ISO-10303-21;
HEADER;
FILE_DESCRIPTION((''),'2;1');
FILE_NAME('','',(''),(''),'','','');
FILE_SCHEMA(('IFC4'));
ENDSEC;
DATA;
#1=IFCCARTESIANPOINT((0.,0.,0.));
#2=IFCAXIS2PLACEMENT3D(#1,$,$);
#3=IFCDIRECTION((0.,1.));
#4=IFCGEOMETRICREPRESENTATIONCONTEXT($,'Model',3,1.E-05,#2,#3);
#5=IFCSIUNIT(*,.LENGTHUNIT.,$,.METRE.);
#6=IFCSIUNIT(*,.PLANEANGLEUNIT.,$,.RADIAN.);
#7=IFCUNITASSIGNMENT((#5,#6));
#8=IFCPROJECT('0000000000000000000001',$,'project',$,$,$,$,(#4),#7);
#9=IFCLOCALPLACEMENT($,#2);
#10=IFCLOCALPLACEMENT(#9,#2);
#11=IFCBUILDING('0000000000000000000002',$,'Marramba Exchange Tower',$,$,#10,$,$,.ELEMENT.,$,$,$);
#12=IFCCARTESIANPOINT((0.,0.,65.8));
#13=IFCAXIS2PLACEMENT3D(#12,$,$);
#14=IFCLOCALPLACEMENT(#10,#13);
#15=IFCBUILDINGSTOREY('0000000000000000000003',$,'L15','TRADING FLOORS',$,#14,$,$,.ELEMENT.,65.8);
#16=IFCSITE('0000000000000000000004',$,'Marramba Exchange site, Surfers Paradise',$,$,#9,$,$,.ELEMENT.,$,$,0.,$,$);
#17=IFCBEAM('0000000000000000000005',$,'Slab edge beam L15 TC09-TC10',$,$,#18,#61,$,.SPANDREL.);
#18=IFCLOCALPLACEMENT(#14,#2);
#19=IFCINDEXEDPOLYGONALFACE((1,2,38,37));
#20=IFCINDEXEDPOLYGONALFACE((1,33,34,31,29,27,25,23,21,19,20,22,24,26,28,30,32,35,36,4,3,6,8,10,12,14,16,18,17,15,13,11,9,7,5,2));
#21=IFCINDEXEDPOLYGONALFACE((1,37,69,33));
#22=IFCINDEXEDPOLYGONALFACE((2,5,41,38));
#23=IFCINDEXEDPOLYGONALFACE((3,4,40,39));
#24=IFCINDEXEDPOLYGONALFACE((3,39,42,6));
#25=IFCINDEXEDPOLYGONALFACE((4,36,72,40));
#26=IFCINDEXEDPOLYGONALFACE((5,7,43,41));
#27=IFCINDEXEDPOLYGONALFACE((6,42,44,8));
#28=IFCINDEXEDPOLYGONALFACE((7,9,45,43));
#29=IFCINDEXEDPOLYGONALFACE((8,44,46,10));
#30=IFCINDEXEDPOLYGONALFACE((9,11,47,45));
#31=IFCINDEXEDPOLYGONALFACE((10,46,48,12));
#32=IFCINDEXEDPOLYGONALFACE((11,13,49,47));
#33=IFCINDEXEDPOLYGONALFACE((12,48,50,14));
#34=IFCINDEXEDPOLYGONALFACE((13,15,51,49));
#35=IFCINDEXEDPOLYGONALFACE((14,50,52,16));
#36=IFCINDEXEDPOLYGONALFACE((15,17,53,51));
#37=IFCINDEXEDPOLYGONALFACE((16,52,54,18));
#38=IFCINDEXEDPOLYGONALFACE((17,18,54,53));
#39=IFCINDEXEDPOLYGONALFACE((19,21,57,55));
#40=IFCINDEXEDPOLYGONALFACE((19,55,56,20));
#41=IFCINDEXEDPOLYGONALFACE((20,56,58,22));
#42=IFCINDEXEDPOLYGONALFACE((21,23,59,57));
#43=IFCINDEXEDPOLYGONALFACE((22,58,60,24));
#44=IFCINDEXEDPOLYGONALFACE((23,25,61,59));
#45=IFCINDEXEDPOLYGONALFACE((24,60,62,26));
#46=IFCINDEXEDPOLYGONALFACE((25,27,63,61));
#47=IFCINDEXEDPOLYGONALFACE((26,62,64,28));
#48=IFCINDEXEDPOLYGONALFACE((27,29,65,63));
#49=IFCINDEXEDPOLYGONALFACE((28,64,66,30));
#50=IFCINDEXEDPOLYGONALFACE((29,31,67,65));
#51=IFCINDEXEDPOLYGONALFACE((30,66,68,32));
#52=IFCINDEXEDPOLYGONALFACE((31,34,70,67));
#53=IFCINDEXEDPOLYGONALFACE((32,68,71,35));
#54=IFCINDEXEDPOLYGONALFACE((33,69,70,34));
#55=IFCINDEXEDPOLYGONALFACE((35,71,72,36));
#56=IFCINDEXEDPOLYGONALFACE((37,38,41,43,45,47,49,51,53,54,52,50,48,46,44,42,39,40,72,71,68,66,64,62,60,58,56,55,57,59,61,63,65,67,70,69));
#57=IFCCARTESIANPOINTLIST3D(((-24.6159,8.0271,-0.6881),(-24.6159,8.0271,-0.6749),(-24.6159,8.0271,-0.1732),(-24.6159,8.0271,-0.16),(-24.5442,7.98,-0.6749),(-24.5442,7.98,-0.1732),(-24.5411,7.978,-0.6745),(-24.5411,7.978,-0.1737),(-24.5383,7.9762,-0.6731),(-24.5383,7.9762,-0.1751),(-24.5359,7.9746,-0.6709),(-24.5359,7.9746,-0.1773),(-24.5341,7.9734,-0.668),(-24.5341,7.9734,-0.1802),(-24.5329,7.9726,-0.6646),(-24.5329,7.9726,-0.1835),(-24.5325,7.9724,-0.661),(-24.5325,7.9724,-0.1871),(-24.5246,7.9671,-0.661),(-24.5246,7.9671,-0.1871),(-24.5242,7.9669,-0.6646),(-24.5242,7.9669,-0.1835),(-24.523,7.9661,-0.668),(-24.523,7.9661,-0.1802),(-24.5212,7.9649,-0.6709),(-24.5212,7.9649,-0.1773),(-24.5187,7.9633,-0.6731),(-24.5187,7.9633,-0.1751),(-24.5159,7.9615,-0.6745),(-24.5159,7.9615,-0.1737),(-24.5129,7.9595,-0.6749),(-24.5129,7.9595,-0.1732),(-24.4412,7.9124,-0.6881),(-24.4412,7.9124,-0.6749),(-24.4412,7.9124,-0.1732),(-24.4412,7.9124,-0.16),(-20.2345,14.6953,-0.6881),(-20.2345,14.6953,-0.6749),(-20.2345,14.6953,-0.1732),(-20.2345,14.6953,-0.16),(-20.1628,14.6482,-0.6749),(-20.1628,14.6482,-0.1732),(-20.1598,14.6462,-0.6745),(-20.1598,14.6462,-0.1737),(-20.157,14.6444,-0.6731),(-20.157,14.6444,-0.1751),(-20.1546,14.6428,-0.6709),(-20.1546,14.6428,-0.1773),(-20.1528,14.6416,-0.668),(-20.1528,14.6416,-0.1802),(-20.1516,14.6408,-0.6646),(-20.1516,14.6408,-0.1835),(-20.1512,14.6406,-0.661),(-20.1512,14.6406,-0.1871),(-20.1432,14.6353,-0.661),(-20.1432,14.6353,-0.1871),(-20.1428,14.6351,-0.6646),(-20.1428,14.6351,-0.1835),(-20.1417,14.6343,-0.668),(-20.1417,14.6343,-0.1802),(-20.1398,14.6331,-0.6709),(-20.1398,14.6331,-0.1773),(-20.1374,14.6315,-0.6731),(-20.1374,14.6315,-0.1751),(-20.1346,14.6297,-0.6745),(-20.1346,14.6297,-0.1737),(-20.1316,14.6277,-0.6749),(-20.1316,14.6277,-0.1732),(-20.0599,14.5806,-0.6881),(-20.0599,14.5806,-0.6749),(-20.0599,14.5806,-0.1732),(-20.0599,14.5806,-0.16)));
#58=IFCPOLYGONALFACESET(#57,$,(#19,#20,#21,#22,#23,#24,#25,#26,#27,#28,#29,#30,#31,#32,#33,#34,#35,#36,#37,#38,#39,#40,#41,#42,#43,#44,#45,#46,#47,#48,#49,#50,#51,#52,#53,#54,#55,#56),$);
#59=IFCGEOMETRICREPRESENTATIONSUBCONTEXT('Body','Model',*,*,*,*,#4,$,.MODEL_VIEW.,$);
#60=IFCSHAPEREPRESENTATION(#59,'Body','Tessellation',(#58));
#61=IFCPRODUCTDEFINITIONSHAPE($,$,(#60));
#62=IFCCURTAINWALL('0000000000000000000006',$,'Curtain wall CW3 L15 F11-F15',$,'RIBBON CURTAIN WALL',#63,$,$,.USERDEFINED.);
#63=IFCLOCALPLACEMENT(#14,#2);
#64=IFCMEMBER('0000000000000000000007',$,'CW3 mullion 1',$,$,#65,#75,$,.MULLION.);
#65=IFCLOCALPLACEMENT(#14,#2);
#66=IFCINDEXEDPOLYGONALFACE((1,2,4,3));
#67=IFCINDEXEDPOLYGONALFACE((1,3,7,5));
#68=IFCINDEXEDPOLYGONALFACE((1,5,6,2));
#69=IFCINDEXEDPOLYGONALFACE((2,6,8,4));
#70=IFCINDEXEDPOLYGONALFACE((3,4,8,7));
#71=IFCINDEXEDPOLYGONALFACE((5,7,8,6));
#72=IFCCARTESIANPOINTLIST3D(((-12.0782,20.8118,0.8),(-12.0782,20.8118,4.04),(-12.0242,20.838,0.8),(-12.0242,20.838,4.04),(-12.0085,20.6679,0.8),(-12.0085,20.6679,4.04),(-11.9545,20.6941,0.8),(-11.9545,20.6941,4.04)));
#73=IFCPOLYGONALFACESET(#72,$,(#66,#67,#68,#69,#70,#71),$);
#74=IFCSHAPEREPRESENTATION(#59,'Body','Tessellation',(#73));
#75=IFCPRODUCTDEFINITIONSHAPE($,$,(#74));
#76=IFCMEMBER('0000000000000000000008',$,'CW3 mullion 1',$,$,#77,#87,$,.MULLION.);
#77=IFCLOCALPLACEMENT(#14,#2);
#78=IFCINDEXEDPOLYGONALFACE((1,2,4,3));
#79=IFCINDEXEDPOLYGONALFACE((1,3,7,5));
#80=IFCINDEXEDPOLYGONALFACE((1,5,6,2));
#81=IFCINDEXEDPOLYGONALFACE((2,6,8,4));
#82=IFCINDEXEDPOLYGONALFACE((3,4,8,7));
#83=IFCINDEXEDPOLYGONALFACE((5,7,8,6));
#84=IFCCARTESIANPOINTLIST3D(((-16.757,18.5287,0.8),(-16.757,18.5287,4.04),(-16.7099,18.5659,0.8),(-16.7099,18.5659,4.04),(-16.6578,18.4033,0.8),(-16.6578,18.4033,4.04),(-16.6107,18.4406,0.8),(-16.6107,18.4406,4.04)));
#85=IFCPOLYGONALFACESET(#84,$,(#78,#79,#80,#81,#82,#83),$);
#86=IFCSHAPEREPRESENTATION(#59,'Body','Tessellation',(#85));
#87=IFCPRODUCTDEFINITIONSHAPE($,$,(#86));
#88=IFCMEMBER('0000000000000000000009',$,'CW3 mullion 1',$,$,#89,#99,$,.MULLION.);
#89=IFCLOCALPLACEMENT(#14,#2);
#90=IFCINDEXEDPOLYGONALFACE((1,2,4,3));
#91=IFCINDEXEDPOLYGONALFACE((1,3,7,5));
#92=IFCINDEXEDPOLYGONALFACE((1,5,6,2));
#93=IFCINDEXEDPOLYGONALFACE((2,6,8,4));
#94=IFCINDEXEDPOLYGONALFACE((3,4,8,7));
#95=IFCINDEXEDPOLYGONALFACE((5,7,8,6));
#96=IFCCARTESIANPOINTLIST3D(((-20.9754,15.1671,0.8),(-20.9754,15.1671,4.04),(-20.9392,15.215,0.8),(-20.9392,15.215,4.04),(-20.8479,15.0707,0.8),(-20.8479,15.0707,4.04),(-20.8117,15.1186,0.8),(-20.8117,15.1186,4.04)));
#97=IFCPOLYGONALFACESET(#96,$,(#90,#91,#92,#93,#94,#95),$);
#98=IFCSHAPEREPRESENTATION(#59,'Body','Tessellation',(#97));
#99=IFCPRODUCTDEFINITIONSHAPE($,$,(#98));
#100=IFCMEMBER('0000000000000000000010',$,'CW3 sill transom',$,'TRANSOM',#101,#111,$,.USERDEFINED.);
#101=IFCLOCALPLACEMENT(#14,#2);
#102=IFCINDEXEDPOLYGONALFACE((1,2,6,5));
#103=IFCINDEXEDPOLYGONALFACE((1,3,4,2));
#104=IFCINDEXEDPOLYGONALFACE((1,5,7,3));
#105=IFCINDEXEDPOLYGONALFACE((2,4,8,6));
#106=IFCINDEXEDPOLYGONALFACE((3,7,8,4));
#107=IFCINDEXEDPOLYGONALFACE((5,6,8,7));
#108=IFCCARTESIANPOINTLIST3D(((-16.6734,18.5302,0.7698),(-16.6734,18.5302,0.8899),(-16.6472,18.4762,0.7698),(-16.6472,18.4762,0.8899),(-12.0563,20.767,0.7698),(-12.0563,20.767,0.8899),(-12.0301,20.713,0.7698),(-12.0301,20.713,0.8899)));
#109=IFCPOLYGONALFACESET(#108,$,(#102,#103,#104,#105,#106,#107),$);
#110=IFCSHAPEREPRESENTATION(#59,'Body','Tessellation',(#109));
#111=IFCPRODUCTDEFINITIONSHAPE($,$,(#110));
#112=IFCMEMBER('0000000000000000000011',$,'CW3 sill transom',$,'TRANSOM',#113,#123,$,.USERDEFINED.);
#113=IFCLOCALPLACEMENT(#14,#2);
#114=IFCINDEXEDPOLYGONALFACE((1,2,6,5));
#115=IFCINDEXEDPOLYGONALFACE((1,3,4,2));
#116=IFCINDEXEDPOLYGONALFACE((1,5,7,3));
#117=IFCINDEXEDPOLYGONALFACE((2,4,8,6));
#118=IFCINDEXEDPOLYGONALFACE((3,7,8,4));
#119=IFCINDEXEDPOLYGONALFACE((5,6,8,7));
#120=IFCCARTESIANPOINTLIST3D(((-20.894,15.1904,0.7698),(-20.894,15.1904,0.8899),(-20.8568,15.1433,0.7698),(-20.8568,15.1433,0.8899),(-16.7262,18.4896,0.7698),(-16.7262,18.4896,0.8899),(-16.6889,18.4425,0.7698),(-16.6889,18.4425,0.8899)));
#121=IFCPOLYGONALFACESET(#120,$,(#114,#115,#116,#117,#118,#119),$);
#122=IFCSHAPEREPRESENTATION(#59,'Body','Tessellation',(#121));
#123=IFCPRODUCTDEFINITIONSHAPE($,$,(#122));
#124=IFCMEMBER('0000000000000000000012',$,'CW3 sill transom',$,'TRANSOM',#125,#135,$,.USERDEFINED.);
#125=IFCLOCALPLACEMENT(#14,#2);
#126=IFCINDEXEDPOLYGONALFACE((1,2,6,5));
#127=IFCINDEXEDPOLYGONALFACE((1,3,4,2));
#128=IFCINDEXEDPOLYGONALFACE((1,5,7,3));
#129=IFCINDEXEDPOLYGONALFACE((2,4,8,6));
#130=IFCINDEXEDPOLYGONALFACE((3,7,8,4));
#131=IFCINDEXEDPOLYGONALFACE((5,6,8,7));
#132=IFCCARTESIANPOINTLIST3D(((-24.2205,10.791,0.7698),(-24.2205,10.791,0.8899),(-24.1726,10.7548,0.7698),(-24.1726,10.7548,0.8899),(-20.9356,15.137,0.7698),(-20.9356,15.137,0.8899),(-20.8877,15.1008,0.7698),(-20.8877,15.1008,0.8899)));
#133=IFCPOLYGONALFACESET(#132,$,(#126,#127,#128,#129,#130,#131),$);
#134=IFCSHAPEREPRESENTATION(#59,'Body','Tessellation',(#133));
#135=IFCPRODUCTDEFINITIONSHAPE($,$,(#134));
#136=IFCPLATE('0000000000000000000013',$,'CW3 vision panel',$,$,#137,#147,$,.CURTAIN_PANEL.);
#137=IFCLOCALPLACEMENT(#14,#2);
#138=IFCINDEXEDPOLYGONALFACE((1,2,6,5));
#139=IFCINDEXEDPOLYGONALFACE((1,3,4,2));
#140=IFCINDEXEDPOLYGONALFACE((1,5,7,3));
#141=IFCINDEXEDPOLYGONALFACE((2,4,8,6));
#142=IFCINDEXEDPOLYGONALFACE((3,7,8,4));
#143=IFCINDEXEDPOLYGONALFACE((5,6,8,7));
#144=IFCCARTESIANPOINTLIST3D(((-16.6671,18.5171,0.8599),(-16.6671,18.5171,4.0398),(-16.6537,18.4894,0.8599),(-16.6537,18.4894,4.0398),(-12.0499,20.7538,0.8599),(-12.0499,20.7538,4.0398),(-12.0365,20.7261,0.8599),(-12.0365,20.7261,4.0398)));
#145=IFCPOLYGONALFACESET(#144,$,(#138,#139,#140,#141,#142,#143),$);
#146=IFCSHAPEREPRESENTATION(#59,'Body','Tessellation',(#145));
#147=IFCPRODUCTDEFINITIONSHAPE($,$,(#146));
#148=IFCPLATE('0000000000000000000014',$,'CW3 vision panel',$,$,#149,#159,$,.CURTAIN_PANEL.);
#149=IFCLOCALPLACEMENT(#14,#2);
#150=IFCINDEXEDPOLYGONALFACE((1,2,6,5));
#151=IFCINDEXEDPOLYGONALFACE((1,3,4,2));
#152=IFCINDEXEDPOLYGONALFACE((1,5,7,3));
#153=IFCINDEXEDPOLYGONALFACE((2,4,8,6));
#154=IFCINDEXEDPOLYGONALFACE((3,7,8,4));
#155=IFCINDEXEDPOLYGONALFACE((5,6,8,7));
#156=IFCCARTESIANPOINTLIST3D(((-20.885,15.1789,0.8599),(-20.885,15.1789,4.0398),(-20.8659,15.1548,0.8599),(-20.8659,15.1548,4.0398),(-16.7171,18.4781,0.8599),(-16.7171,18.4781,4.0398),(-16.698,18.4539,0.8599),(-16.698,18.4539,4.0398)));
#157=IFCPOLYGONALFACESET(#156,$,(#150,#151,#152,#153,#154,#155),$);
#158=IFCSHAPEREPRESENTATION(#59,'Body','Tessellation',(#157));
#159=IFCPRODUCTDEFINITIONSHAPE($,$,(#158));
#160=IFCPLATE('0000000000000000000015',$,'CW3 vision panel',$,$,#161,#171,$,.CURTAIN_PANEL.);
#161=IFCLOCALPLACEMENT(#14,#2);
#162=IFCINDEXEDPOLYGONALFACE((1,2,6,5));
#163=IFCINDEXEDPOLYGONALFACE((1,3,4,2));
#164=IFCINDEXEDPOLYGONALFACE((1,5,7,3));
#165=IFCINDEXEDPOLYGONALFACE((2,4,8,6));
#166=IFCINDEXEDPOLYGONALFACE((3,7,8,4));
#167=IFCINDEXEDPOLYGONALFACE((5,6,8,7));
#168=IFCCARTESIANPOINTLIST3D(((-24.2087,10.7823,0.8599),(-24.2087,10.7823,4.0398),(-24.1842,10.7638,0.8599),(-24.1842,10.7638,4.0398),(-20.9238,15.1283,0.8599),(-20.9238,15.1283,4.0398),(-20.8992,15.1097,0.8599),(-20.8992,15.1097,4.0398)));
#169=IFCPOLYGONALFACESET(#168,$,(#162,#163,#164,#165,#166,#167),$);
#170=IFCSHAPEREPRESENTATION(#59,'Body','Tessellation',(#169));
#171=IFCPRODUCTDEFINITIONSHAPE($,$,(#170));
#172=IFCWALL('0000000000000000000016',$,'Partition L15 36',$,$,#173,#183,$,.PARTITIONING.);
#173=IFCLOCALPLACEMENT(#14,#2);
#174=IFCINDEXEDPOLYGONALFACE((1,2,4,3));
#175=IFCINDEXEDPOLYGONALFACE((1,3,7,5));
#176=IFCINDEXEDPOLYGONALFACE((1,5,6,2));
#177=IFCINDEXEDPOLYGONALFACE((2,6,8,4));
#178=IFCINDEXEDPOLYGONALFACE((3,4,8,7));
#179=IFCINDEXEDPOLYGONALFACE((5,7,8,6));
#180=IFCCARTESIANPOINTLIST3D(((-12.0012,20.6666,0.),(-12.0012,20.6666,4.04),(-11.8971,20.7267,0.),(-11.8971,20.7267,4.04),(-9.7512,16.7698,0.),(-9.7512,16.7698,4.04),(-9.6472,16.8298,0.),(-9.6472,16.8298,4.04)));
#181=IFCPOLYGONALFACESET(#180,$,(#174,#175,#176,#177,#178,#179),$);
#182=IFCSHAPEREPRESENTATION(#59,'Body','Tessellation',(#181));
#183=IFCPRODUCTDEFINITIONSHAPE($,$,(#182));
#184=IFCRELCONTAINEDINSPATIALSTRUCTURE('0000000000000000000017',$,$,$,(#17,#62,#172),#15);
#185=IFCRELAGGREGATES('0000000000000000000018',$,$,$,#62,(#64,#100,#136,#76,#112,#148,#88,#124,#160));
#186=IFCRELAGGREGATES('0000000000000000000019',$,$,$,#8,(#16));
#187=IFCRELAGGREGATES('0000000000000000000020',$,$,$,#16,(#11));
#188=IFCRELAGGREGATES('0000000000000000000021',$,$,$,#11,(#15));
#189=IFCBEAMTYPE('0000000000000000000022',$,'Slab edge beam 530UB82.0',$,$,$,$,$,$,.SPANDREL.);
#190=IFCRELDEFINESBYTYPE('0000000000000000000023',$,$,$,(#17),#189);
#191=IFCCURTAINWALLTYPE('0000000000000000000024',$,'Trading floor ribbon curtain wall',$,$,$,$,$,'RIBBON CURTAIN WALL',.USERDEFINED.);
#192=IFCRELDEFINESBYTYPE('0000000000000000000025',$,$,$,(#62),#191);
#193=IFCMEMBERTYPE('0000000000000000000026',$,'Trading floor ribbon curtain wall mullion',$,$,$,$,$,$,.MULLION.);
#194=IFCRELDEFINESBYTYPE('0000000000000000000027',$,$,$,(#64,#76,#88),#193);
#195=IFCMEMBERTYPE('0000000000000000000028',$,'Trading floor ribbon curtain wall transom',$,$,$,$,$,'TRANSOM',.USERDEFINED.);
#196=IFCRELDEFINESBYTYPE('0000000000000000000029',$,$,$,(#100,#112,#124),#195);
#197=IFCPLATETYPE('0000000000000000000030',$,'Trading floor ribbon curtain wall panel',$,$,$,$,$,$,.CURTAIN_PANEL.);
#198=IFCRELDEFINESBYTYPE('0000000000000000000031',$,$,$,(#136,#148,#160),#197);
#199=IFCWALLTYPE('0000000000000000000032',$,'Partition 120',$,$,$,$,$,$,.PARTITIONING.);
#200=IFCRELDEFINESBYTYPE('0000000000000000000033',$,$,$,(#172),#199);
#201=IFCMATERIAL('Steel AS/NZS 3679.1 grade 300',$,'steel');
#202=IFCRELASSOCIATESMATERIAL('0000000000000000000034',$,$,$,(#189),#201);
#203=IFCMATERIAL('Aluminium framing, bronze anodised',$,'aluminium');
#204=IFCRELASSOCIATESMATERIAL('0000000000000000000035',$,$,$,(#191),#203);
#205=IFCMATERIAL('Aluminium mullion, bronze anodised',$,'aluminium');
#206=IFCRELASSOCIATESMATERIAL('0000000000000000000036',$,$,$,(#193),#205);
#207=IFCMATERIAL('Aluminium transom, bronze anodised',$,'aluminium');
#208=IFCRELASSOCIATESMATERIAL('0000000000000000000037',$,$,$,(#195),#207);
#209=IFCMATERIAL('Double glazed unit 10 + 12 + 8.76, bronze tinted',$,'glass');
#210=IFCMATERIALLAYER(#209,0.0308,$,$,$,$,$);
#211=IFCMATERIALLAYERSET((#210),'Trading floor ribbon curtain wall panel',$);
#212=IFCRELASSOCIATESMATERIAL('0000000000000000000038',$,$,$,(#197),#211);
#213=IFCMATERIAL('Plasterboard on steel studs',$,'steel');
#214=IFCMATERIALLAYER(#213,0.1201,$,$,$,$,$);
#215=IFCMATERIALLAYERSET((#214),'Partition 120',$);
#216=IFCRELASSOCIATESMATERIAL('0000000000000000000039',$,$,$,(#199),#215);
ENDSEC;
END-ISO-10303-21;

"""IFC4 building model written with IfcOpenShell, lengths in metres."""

from ifc_helpers import new_model, si_unit, direction, frame, frame_2d, origin, origin_2d, place, context, subcontext, project, spatial, rectangle, i_section, extrude, material, layer, layer_set, material_profile, profile_set, type_object, element, aggregate, save


model = new_model("IFC4")

# Units and contexts
model_context = context("Model", 3, precision=1e-05, world=origin(), true_north=direction((0.0, 1.0)))
body_context = subcontext(model_context, "Body", "Model", "MODEL_VIEW")
ifc_project = project(units=[si_unit("LENGTHUNIT", "METRE"), si_unit("PLANEANGLEUNIT", "RADIAN")], contexts=[model_context])

# Site, building, storey
site_placement = place(None, origin())
site = spatial("IfcSite", under=ifc_project, at=site_placement, Name="Marramba Exchange site, Surfers Paradise", CompositionType="ELEMENT", RefElevation=0.0)
building_placement = place(site_placement, origin())
building = spatial("IfcBuilding", under=site, at=building_placement, Name="Marramba Exchange Tower", CompositionType="ELEMENT")
storey_placement = place(building_placement, frame((0.0, 0.0, 65.8)))
storey = spatial("IfcBuildingStorey", under=building, at=storey_placement, Name="L15", Description="TRADING FLOORS", CompositionType="ELEMENT", Elevation=65.8)

# Beam
ifc_material_1 = material(Name="Steel AS/NZS 3679.1 grade 300", Category="steel")
ifc_material_profile_1 = material_profile(ifc_material_1, i_section(OverallWidth=0.209, OverallDepth=0.5281, WebThickness=0.0095, FlangeThickness=0.0132, FilletRadius=0.0139, at=origin_2d()), Name="530UB82.0")
ifc_profile_set_1 = profile_set([ifc_material_profile_1], Name="Steel AS/NZS 3679.1 grade 300")
beam_type_1 = type_object("IfcBeamType", Name="Slab edge beam 530UB82.0", PredefinedType="SPANDREL", material=ifc_profile_set_1)
beam_1_placement = place(storey_placement, frame((-20.1472, 14.6379, -0.4241), z_axis=(-0.549124, -0.835741, 0.0), x_axis=(0.835741, -0.549124, 0.0)))
element("IfcBeam", 1, at=beam_1_placement, inside=storey, type_object=beam_type_1, Name="Slab edge beam L15 TC09-TC10", PredefinedType="SPANDREL", context=body_context, shape_type="SweptSolid", body=[
    extrude(i_section(OverallWidth=0.209, OverallDepth=0.5281, WebThickness=0.0095, FlangeThickness=0.0132, FilletRadius=0.0139, at=origin_2d()), origin(), (0.0, 0.0, 1.0), 7.9788),
])

# Curtain wall, members, plates
ifc_material_2 = material(Name="Aluminium framing, bronze anodised", Category="aluminium")
curtain_wall_type = type_object("IfcCurtainWallType", Name="Trading floor ribbon curtain wall", ElementType="RIBBON CURTAIN WALL", PredefinedType="USERDEFINED", material=ifc_material_2)
curtain_wall_placement = place(storey_placement, origin())
curtain_wall = element("IfcCurtainWall", 2, at=curtain_wall_placement, inside=storey, type_object=curtain_wall_type, Name="Curtain wall CW3 L15 F11-F15", ObjectType="RIBBON CURTAIN WALL", PredefinedType="USERDEFINED")
ifc_material_3 = material(Name="Aluminium mullion, bronze anodised", Category="aluminium")
ifc_material_profile_2 = material_profile(ifc_material_3, rectangle(XDim=0.1599, YDim=0.0601, at=origin_2d()), Name="CW3 mullion 60x160")
ifc_profile_set_2 = profile_set([ifc_material_profile_2], Name="Aluminium mullion, bronze anodised")
member_type_1 = type_object("IfcMemberType", Name="Trading floor ribbon curtain wall mullion", PredefinedType="MULLION", material=ifc_profile_set_2)
member_1_placement = place(storey_placement, frame((-12.0164, 20.7529, 0.8), z_axis=(0.0, 0.0, 1.0), x_axis=(0.435965, -0.899963, 0.0)))
member_1 = element("IfcMember", 3, at=member_1_placement, type_object=member_type_1, Name="CW3 mullion 1", PredefinedType="MULLION", context=body_context, shape_type="SweptSolid", body=[
    extrude(rectangle(XDim=0.1599, YDim=0.0601, at=origin_2d()), origin(), (0.0, 0.0, 1.0), 3.24),
])
member_2_placement = place(storey_placement, frame((-16.6838, 18.4846, 0.8), z_axis=(0.0, 0.0, 1.0), x_axis=(0.62065, -0.784088, 0.0)))
member_2 = element("IfcMember", 4, at=member_2_placement, type_object=member_type_1, Name="CW3 mullion 1", PredefinedType="MULLION", context=body_context, shape_type="SweptSolid", body=[
    extrude(rectangle(XDim=0.1599, YDim=0.0601, at=origin_2d()), origin(), (0.0, 0.0, 1.0), 3.24),
])
member_3_placement = place(storey_placement, frame((-20.8936, 15.1428, 0.8), z_axis=(0.0, 0.0, 1.0), x_axis=(0.797749, -0.60299, 0.0)))
member_3 = element("IfcMember", 5, at=member_3_placement, type_object=member_type_1, Name="CW3 mullion 1", PredefinedType="MULLION", context=body_context, shape_type="SweptSolid", body=[
    extrude(rectangle(XDim=0.1599, YDim=0.0601, at=origin_2d()), origin(), (0.0, 0.0, 1.0), 3.24),
])
ifc_material_4 = material(Name="Aluminium transom, bronze anodised", Category="aluminium")
ifc_material_profile_3 = material_profile(ifc_material_4, rectangle(XDim=0.0601, YDim=0.1201, at=origin_2d()), Name="CW3 transom 60x120")
ifc_profile_set_3 = profile_set([ifc_material_profile_3], Name="Aluminium transom, bronze anodised")
member_type_2 = type_object("IfcMemberType", Name="Trading floor ribbon curtain wall transom", ElementType="TRANSOM", PredefinedType="USERDEFINED", material=ifc_profile_set_3)
member_4_placement = place(storey_placement, frame((-12.0432, 20.74, 0.8298), z_axis=(-0.899953, -0.435986, 0.0), x_axis=(0.435986, -0.899953, 0.0)))
member_4 = element("IfcMember", 6, at=member_4_placement, type_object=member_type_2, Name="CW3 sill transom", ObjectType="TRANSOM", PredefinedType="USERDEFINED", context=body_context, shape_type="SweptSolid", body=[
    extrude(rectangle(XDim=0.0601, YDim=0.1201, at=origin_2d()), origin(), (0.0, 0.0, 1.0), 5.1304),
])
member_5_placement = place(storey_placement, frame((-16.7075, 18.4661, 0.8298), z_axis=(-0.784076, -0.620665, 0.0), x_axis=(0.620665, -0.784076, 0.0)))
member_5 = element("IfcMember", 7, at=member_5_placement, type_object=member_type_2, Name="CW3 sill transom", ObjectType="TRANSOM", PredefinedType="USERDEFINED", context=body_context, shape_type="SweptSolid", body=[
    extrude(rectangle(XDim=0.0601, YDim=0.1201, at=origin_2d()), origin(), (0.0, 0.0, 1.0), 5.3157),
])
member_6_placement = place(storey_placement, frame((-20.9116, 15.1189, 0.8298), z_axis=(-0.602986, -0.797752, 0.0), x_axis=(0.797752, -0.602986, 0.0)))
member_6 = element("IfcMember", 8, at=member_6_placement, type_object=member_type_2, Name="CW3 sill transom", ObjectType="TRANSOM", PredefinedType="USERDEFINED", context=body_context, shape_type="SweptSolid", body=[
    extrude(rectangle(XDim=0.0601, YDim=0.1201, at=origin_2d()), origin(), (0.0, 0.0, 1.0), 5.4478),
])
ifc_material_5 = material(Name="Double glazed unit 10 + 12 + 8.76, bronze tinted", Category="glass")
ifc_layer_1 = layer(ifc_material_5, 0.0308)
ifc_layer_set_1 = layer_set([ifc_layer_1], Name="Trading floor ribbon curtain wall panel")
plate_type = type_object("IfcPlateType", Name="Trading floor ribbon curtain wall panel", PredefinedType="CURTAIN_PANEL", material=ifc_layer_set_1)
plate_1_placement = place(storey_placement, frame((-14.3518, 19.6216, 0.8599), z_axis=(0.0, 0.0, 1.0), x_axis=(-0.899963, -0.435965, 0.0)))
plate_1 = element("IfcPlate", 9, at=plate_1_placement, type_object=plate_type, Name="CW3 vision panel", PredefinedType="CURTAIN_PANEL", context=body_context, shape_type="SweptSolid", body=[
    extrude(rectangle(XDim=5.1304, YDim=0.0308, at=origin_2d()), origin(), (0.0, 0.0, 1.0), 3.1799),
])
plate_2_placement = place(storey_placement, frame((-18.7915, 16.8164, 0.8599), z_axis=(0.0, 0.0, 1.0), x_axis=(-0.784088, -0.62065, 0.0)))
plate_2 = element("IfcPlate", 10, at=plate_2_placement, type_object=plate_type, Name="CW3 vision panel", PredefinedType="CURTAIN_PANEL", context=body_context, shape_type="SweptSolid", body=[
    extrude(rectangle(XDim=5.3157, YDim=0.0308, at=origin_2d()), origin(), (0.0, 0.0, 1.0), 3.1799),
])
plate_3_placement = place(storey_placement, frame((-22.554, 12.946, 0.8599), z_axis=(0.0, 0.0, 1.0), x_axis=(-0.60299, -0.797749, 0.0)))
plate_3 = element("IfcPlate", 11, at=plate_3_placement, type_object=plate_type, Name="CW3 vision panel", PredefinedType="CURTAIN_PANEL", context=body_context, shape_type="SweptSolid", body=[
    extrude(rectangle(XDim=5.4478, YDim=0.0308, at=origin_2d()), origin(), (0.0, 0.0, 1.0), 3.1799),
])
aggregate(curtain_wall, [member_1, member_4, plate_1, member_2, member_5, plate_2, member_3, member_6, plate_3])

# Wall
ifc_material_6 = material(Name="Plasterboard on steel studs", Category="steel")
ifc_layer_2 = layer(ifc_material_6, 0.1201)
ifc_layer_set_2 = layer_set([ifc_layer_2], Name="Partition 120")
wall_type_1 = type_object("IfcWallType", Name="Partition 120", PredefinedType="PARTITIONING", material=ifc_layer_set_2)
wall_1_placement = place(storey_placement, frame((-11.9492, 20.6968, 0.0), z_axis=(0.0, 0.0, 1.0), x_axis=(0.500014, -0.866018, 0.0)))
element("IfcWall", 12, at=wall_1_placement, inside=storey, type_object=wall_type_1, Name="Partition L15 36", PredefinedType="PARTITIONING", context=body_context, shape_type="SweptSolid", body=[
    extrude(rectangle(XDim=4.4998, YDim=0.1201, at=frame_2d((2.25, 0.0))), origin(), (0.0, 0.0, 1.0), 4.04),
])

save(model, "model.ifc")
